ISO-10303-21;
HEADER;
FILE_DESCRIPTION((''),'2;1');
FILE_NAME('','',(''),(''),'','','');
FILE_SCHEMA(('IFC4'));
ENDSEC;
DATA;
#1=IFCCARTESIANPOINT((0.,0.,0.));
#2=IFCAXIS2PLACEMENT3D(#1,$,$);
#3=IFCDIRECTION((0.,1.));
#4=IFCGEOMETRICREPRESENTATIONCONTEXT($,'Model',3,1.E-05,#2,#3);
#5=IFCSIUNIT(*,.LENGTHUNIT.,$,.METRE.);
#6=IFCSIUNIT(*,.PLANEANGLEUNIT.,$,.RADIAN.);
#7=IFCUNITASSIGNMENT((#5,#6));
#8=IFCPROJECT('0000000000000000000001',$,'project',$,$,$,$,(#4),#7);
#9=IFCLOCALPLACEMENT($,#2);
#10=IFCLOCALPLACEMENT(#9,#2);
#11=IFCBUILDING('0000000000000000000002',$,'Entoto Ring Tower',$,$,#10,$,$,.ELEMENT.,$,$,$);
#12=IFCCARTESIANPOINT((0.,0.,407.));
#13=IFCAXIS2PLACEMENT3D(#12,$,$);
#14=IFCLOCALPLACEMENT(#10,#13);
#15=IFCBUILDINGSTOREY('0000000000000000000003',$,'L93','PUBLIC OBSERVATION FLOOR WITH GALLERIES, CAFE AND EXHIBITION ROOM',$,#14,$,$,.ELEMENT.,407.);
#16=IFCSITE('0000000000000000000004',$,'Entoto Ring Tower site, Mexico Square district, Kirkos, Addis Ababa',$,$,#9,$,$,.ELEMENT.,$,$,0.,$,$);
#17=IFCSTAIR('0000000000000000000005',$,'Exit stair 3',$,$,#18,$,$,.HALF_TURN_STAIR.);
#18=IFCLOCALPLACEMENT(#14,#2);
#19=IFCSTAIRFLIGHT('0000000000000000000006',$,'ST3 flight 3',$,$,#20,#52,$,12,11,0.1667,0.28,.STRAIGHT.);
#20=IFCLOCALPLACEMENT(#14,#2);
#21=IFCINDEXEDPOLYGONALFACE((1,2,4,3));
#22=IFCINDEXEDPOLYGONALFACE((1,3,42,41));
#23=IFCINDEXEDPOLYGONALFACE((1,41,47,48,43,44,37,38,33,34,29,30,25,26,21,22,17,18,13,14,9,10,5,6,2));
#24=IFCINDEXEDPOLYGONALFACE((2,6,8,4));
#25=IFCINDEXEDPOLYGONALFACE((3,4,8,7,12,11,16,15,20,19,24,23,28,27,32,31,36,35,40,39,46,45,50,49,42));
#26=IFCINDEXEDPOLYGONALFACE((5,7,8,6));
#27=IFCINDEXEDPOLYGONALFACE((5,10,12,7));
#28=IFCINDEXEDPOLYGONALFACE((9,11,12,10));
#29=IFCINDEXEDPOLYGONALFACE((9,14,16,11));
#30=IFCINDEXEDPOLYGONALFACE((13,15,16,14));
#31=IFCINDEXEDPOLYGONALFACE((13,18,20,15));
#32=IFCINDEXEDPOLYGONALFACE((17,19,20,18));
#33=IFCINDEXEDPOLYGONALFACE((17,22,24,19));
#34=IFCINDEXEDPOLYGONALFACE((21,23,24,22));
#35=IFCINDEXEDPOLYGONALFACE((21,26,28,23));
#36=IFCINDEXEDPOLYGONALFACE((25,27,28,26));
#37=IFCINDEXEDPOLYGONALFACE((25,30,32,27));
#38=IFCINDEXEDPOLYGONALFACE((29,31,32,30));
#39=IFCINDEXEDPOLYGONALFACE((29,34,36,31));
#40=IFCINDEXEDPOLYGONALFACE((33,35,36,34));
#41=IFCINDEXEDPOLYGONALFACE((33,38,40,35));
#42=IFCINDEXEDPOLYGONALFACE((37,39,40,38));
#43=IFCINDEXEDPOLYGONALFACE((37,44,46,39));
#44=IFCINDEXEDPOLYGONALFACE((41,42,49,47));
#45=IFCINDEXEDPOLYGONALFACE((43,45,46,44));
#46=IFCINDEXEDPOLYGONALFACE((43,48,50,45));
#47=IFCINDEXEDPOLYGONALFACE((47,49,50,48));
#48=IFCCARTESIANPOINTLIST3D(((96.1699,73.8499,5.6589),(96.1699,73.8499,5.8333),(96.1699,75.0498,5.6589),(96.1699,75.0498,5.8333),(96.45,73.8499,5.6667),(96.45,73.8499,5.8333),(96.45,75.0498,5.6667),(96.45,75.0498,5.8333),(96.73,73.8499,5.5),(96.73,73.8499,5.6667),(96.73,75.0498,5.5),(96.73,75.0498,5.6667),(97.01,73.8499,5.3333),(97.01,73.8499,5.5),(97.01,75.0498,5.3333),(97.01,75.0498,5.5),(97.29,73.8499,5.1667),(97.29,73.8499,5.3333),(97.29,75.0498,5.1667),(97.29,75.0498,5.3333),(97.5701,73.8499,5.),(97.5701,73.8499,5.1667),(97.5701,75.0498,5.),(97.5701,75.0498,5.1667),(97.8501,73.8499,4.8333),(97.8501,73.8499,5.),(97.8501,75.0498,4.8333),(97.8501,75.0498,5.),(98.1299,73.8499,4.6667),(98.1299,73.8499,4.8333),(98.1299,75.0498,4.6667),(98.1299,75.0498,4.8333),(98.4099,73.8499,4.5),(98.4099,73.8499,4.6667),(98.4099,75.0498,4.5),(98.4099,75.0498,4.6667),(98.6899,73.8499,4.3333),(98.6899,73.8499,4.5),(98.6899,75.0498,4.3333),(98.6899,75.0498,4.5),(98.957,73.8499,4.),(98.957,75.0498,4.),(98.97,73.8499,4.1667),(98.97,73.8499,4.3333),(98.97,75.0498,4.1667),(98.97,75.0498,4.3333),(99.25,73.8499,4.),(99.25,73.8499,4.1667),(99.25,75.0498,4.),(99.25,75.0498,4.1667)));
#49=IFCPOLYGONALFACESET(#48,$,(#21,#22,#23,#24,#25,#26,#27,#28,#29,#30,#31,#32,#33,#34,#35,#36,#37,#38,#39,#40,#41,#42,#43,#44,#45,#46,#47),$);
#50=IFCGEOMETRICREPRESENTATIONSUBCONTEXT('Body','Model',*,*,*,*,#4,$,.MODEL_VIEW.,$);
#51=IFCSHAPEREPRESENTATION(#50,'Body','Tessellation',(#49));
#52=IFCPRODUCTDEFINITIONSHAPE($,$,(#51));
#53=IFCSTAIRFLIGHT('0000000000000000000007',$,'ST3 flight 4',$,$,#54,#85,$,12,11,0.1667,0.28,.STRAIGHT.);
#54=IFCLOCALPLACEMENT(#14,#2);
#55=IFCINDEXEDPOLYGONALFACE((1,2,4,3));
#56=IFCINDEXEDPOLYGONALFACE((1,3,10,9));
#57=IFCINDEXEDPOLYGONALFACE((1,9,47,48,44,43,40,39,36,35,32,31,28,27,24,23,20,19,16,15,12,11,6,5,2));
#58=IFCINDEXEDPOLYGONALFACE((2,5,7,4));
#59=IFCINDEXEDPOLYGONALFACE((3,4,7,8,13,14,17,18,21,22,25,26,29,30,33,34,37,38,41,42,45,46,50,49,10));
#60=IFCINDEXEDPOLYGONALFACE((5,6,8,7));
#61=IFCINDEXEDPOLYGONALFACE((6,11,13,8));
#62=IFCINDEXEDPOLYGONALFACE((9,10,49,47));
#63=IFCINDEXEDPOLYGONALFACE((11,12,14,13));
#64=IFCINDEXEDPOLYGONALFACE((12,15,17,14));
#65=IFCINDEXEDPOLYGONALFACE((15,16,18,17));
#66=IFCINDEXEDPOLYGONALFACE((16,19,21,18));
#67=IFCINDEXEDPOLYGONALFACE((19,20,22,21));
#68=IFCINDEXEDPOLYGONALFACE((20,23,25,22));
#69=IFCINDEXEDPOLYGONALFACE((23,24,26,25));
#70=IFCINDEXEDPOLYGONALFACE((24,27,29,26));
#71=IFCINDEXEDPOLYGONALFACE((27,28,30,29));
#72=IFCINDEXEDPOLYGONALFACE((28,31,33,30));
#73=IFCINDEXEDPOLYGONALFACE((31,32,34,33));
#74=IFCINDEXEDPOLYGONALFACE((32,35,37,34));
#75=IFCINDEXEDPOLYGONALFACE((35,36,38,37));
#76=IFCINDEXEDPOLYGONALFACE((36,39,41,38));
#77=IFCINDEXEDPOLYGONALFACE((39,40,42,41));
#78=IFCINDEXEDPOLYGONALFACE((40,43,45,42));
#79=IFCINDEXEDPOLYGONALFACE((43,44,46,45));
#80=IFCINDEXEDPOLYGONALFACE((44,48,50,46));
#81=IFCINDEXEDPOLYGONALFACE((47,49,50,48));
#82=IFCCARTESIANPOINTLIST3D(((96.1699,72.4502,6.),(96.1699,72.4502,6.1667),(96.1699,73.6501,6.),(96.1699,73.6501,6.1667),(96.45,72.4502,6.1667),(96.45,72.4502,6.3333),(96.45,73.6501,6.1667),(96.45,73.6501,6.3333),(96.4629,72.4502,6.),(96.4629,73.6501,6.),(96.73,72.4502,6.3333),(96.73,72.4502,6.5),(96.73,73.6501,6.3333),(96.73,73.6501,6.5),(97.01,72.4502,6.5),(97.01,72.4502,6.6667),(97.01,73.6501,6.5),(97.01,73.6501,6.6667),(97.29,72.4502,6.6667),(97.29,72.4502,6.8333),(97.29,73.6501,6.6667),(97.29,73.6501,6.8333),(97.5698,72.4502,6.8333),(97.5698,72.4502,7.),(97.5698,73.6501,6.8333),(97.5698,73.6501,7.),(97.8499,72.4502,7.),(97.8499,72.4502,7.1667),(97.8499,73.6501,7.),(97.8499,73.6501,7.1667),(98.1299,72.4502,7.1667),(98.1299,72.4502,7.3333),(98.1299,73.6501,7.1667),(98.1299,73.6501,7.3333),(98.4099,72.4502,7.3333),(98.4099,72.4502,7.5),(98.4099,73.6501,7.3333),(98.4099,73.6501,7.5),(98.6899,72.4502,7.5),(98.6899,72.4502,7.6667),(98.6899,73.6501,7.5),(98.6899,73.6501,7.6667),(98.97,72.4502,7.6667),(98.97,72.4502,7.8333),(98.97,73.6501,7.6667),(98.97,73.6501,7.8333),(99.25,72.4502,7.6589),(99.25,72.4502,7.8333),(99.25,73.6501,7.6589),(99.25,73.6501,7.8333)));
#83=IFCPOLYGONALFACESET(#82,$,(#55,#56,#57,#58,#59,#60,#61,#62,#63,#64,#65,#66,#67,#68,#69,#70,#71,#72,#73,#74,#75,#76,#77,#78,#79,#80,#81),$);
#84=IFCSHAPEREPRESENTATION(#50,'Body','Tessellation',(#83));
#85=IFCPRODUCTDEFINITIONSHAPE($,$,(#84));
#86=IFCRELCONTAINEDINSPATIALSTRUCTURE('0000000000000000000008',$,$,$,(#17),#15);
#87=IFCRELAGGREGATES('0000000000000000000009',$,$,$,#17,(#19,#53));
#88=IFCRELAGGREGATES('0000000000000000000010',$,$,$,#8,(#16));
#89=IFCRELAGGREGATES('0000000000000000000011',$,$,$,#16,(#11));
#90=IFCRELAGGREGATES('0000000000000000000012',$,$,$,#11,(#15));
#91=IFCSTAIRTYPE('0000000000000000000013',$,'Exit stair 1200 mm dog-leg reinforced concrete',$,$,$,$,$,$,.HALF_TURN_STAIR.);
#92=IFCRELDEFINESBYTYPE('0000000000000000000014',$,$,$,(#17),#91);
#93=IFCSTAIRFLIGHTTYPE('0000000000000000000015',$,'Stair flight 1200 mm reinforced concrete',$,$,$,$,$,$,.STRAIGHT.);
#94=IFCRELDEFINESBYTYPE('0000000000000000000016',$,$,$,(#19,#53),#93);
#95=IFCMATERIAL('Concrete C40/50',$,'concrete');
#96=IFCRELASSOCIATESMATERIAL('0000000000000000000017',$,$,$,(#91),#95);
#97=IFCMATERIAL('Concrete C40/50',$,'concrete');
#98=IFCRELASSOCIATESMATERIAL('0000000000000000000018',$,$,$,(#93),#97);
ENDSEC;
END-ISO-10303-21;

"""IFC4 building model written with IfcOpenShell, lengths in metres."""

from ifc_helpers import new_model, si_unit, direction, frame, origin, place, context, subcontext, project, spatial, polyline, outline, extrude, material, type_object, element, aggregate, save


model = new_model("IFC4")

# Units and contexts
model_context = context("Model", 3, precision=1e-05, world=origin(), true_north=direction((0.0, 1.0)))
body_context = subcontext(model_context, "Body", "Model", "MODEL_VIEW")
ifc_project = project(units=[si_unit("LENGTHUNIT", "METRE"), si_unit("PLANEANGLEUNIT", "RADIAN")], contexts=[model_context])

# Site, building, storey
site_placement = place(None, origin())
site = spatial("IfcSite", under=ifc_project, at=site_placement, Name="Entoto Ring Tower site, Mexico Square district, Kirkos, Addis Ababa", CompositionType="ELEMENT", RefElevation=0.0)
building_placement = place(site_placement, origin())
building = spatial("IfcBuilding", under=site, at=building_placement, Name="Entoto Ring Tower", CompositionType="ELEMENT")
storey_placement = place(building_placement, frame((0.0, 0.0, 407.0)))
storey = spatial("IfcBuildingStorey", under=building, at=storey_placement, Name="L93", Description="PUBLIC OBSERVATION FLOOR WITH GALLERIES, CAFE AND EXHIBITION ROOM", CompositionType="ELEMENT", Elevation=407.0)

# Stair, stair flights
ifc_material_1 = material(Name="Concrete C40/50", Category="concrete")
stair_type = type_object("IfcStairType", Name="Exit stair 1200 mm dog-leg reinforced concrete", PredefinedType="HALF_TURN_STAIR", material=ifc_material_1)
stair_placement = place(storey_placement, origin())
stair = element("IfcStair", 1, at=stair_placement, inside=storey, type_object=stair_type, Name="Exit stair 3", PredefinedType="HALF_TURN_STAIR")
ifc_material_2 = material(Name="Concrete C40/50", Category="concrete")
stair_flight_type = type_object("IfcStairFlightType", Name="Stair flight 1200 mm reinforced concrete", PredefinedType="STRAIGHT", material=ifc_material_2)
stair_flight_1_placement = place(storey_placement, frame((99.25, 74.45, 4.0), z_axis=(0.0, 0.0, 1.0), x_axis=(-1.0, 0.0, 0.0)))
stair_flight_1 = element("IfcStairFlight", 2, at=stair_flight_1_placement, type_object=stair_flight_type, Name="ST3 flight 3", NumberOfRisers=12, NumberOfTreads=11, PredefinedType="STRAIGHT", RiserHeight=0.1667, TreadLength=0.28, context=body_context, shape_type="SweptSolid", body=[
    extrude(outline(polyline([(0.0, 0.0), (0.0, 0.1667), (0.28, 0.1667), (0.28, 0.3333), (0.5601, 0.3333), (0.5601, 0.5), (0.8401, 0.5), (0.8401, 0.6667), (1.1201, 0.6667), (1.1201, 0.8333), (1.3999, 0.8333), (1.3999, 1.0), (1.6799, 1.0), (1.6799, 1.1667), (1.96, 1.1667), (1.96, 1.3333), (2.24, 1.3333), (2.24, 1.5), (2.52, 1.5), (2.52, 1.6667), (2.8, 1.6667), (2.8, 1.8333), (3.0801, 1.8333), (3.0801, 2.0), (3.0801, 1.6589), (0.293, 0.0), (0.0, 0.0)])), frame((0.0, 0.6001, 0.0), z_axis=(0.0, -1.0, 0.0), x_axis=(1.0, 0.0, 0.0)), (0.0, 0.0, 1.0), 1.2),
])
stair_flight_2_placement = place(storey_placement, frame((96.1699, 73.05, 6.0), z_axis=(0.0, 0.0, 1.0), x_axis=(1.0, 0.0, 0.0)))
stair_flight_2 = element("IfcStairFlight", 3, at=stair_flight_2_placement, type_object=stair_flight_type, Name="ST3 flight 4", NumberOfRisers=12, NumberOfTreads=11, PredefinedType="STRAIGHT", RiserHeight=0.1667, TreadLength=0.28, context=body_context, shape_type="SweptSolid", body=[
    extrude(outline(polyline([(0.0, 0.0), (0.0, 0.1667), (0.28, 0.1667), (0.28, 0.3333), (0.5601, 0.3333), (0.5601, 0.5), (0.8401, 0.5), (0.8401, 0.6667), (1.1201, 0.6667), (1.1201, 0.8333), (1.3999, 0.8333), (1.3999, 1.0), (1.6799, 1.0), (1.6799, 1.1667), (1.96, 1.1667), (1.96, 1.3333), (2.24, 1.3333), (2.24, 1.5), (2.52, 1.5), (2.52, 1.6667), (2.8, 1.6667), (2.8, 1.8333), (3.0801, 1.8333), (3.0801, 2.0), (3.0801, 1.6589), (0.293, 0.0), (0.0, 0.0)])), frame((0.0, 0.6001, 0.0), z_axis=(0.0, -1.0, 0.0), x_axis=(1.0, 0.0, 0.0)), (0.0, 0.0, 1.0), 1.2),
])
aggregate(stair, [stair_flight_1, stair_flight_2])

save(model, "model.ifc")
